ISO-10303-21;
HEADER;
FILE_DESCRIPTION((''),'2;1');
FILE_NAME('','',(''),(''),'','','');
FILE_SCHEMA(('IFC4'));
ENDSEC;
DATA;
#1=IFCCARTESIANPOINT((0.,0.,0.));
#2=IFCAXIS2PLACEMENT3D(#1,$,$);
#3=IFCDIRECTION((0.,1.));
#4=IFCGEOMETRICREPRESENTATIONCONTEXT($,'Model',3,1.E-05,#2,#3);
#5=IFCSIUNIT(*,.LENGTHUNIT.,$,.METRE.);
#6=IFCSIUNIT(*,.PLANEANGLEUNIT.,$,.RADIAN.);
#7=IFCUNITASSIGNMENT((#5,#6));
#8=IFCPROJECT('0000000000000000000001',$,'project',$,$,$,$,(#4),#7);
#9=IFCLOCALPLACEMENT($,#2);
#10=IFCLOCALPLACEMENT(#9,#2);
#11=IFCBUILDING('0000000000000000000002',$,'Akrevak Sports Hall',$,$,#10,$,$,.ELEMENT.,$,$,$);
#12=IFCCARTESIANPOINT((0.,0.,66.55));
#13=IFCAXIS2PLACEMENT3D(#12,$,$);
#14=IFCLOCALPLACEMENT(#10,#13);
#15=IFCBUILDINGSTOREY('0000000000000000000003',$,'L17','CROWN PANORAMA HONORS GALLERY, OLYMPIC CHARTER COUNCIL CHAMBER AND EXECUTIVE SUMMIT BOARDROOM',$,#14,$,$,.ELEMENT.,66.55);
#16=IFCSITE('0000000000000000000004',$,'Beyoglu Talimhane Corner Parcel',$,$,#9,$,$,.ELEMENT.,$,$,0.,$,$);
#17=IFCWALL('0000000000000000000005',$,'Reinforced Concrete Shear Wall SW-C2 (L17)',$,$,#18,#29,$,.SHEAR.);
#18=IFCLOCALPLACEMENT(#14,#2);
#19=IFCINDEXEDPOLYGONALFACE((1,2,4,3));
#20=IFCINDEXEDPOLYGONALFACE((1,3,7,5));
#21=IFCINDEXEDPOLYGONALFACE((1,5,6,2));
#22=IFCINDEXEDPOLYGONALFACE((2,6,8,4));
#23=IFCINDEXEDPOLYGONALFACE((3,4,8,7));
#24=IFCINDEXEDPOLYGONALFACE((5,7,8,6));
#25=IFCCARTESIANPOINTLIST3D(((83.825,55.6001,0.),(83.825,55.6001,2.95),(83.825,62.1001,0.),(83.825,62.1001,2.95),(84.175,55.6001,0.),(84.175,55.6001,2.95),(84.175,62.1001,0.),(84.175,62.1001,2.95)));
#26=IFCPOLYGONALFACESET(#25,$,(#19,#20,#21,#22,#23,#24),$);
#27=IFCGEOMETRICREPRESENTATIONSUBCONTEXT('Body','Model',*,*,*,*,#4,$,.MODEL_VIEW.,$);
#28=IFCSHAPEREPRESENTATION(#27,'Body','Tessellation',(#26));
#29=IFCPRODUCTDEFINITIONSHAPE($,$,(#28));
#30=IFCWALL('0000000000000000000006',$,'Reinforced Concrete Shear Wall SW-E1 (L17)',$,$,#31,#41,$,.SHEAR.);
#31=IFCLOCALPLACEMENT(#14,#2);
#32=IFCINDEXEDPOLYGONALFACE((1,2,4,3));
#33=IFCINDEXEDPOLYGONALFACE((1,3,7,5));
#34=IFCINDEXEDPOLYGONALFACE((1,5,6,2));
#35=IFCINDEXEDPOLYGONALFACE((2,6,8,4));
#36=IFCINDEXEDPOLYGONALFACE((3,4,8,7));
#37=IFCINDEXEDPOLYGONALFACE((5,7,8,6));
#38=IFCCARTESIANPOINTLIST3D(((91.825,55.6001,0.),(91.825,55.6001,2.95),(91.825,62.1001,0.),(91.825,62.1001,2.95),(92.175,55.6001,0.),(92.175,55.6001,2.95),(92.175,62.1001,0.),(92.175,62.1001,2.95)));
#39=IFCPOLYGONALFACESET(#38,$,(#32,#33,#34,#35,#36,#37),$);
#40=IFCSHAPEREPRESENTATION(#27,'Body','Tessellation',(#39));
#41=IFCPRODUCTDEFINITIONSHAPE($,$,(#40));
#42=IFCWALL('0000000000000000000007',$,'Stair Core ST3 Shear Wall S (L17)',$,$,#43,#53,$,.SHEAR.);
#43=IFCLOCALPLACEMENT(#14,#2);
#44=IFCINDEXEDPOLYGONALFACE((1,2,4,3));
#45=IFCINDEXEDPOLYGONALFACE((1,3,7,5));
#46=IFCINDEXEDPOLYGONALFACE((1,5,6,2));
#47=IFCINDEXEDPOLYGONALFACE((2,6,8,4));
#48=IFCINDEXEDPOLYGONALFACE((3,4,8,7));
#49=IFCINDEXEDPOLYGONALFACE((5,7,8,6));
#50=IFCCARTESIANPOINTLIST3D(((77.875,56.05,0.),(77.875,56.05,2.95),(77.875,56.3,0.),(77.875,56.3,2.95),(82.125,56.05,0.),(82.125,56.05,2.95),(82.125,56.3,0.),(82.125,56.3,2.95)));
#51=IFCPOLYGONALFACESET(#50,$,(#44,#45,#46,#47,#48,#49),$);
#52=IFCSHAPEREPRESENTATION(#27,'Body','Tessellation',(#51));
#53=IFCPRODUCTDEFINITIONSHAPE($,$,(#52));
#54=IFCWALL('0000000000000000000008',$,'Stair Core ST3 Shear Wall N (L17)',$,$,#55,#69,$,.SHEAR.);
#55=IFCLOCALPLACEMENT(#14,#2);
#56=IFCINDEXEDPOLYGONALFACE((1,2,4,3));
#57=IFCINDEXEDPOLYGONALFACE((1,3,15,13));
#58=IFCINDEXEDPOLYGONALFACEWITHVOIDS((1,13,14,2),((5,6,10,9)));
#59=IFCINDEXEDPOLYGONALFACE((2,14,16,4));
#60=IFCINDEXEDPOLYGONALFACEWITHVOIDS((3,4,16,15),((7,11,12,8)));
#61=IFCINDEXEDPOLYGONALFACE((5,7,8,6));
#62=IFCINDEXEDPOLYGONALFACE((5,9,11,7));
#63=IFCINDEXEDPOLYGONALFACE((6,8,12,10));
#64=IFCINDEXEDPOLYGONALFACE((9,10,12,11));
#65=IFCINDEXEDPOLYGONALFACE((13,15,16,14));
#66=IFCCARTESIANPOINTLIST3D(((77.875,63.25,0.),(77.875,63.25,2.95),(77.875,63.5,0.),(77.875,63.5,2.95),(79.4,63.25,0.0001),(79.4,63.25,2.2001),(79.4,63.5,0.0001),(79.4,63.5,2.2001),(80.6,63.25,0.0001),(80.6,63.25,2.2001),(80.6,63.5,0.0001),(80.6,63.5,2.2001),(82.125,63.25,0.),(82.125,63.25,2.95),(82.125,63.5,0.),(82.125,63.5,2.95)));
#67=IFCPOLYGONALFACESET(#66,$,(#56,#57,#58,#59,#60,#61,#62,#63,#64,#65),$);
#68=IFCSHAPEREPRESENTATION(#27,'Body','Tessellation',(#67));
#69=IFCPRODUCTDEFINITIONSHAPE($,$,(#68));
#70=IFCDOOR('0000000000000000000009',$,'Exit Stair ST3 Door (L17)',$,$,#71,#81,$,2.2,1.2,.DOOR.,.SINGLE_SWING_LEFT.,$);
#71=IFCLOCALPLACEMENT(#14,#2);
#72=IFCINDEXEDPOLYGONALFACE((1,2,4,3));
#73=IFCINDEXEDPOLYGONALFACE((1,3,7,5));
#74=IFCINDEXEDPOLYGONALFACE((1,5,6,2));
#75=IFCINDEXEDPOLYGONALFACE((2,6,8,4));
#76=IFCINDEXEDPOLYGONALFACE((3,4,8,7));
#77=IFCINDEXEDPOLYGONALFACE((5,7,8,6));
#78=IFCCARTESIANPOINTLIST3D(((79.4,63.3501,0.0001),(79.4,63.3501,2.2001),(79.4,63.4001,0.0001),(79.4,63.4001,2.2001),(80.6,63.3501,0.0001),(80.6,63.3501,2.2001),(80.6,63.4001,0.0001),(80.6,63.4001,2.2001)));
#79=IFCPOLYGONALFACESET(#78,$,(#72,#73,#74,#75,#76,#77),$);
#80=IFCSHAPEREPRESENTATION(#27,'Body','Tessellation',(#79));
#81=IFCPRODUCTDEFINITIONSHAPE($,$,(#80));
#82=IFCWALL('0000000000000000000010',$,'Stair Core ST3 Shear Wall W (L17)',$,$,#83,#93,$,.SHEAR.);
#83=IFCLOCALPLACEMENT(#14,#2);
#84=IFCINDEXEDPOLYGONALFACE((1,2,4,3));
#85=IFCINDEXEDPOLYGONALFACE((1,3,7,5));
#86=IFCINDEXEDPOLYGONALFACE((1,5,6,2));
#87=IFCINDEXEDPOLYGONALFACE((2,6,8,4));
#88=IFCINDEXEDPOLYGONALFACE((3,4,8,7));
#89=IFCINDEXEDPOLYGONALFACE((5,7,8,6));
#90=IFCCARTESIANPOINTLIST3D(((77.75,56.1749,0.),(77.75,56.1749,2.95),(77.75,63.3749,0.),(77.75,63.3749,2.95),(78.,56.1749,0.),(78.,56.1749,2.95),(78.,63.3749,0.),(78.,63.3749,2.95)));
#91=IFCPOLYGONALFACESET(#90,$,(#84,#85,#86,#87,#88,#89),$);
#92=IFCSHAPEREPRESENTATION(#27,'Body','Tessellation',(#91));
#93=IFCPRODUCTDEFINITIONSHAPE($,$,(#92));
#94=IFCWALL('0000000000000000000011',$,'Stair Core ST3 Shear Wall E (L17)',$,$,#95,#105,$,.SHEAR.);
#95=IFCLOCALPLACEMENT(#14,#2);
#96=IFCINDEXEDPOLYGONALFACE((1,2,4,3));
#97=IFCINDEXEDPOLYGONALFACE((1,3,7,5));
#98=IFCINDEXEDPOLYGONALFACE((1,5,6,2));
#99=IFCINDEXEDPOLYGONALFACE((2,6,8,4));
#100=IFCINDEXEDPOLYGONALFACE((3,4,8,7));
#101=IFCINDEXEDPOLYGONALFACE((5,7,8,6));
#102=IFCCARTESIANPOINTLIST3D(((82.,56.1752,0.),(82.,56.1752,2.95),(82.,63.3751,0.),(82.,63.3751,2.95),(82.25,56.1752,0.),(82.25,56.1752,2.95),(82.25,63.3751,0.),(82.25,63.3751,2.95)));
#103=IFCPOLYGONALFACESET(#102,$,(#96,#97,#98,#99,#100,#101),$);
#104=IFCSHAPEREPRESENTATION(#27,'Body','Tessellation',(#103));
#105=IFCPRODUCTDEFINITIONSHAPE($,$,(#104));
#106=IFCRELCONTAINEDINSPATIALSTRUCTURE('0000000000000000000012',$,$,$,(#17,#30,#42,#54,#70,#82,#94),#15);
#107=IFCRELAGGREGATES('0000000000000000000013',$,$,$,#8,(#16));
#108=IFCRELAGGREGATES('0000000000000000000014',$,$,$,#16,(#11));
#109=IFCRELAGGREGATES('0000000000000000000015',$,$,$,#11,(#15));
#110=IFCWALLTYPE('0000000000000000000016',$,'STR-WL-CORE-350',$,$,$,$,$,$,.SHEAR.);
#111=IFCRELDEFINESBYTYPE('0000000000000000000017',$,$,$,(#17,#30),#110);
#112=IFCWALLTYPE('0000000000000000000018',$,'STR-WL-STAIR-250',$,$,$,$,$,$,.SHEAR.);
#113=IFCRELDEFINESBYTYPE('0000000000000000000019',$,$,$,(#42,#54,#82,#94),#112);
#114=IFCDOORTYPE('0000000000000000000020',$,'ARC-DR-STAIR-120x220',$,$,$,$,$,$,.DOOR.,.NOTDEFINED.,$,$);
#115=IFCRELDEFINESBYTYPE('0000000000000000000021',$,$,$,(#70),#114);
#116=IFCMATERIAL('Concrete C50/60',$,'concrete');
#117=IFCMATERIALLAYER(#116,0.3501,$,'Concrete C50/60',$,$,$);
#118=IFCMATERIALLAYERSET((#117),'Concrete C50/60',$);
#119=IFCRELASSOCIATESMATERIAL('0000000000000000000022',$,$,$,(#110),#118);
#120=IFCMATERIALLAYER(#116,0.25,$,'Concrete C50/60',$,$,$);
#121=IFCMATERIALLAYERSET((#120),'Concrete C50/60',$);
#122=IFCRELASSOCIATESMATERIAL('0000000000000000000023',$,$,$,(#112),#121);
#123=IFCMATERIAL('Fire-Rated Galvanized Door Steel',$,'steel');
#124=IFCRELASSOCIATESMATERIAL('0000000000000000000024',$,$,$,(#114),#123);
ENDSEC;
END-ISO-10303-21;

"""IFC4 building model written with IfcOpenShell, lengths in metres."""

from ifc_helpers import new_model, si_unit, direction, frame, frame_2d, origin, place, context, subcontext, project, spatial, rectangle, extrude, material, layer, layer_set, type_object, element, fill, save


model = new_model("IFC4")

# Units and contexts
model_context = context("Model", 3, precision=1e-05, world=origin(), true_north=direction((0.0, 1.0)))
body_context = subcontext(model_context, "Body", "Model", "MODEL_VIEW")
ifc_project = project(units=[si_unit("LENGTHUNIT", "METRE"), si_unit("PLANEANGLEUNIT", "RADIAN")], contexts=[model_context])

# Site, building, storey
site_placement = place(None, origin())
site = spatial("IfcSite", under=ifc_project, at=site_placement, Name="Beyoglu Talimhane Corner Parcel", CompositionType="ELEMENT", RefElevation=0.0)
building_placement = place(site_placement, origin())
building = spatial("IfcBuilding", under=site, at=building_placement, Name="Akrevak Sports Hall", CompositionType="ELEMENT")
storey_placement = place(building_placement, frame((0.0, 0.0, 66.55)))
storey = spatial("IfcBuildingStorey", under=building, at=storey_placement, Name="L17", Description="CROWN PANORAMA HONORS GALLERY, OLYMPIC CHARTER COUNCIL CHAMBER AND EXECUTIVE SUMMIT BOARDROOM", CompositionType="ELEMENT", Elevation=66.55)

# Walls
ifc_material_1 = material(Name="Concrete C50/60", Category="concrete")
ifc_layer_1 = layer(ifc_material_1, 0.3501, Name="Concrete C50/60")
ifc_layer_set_1 = layer_set([ifc_layer_1], Name="Concrete C50/60")
wall_type_1 = type_object("IfcWallType", Name="STR-WL-CORE-350", PredefinedType="SHEAR", material=ifc_layer_set_1)
for number, where, z_axis, x_axis, name in (
    (1, (84.0, 55.6001, 0.0), (0.0, 0.0, 1.0), (0.0, 1.0, 0.0), "Reinforced Concrete Shear Wall SW-C2 (L17)"),
    (2, (92.0, 55.6001, 0.0), (0.0, 0.0, 1.0), (0.0, 1.0, 0.0), "Reinforced Concrete Shear Wall SW-E1 (L17)"),
):
    element("IfcWall", number, at=place(storey_placement, frame(where, z_axis=z_axis, x_axis=x_axis)), inside=storey, type_object=wall_type_1, Name=name, PredefinedType="SHEAR", context=body_context, shape_type="SweptSolid", body=[
        extrude(rectangle(XDim=6.5, YDim=0.3501, at=frame_2d((3.25, 0.0))), origin(), (0.0, 0.0, 1.0), 2.95),
    ])
ifc_layer_2 = layer(ifc_material_1, 0.25, Name="Concrete C50/60")
ifc_layer_set_2 = layer_set([ifc_layer_2], Name="Concrete C50/60")
wall_type_2 = type_object("IfcWallType", Name="STR-WL-STAIR-250", PredefinedType="SHEAR", material=ifc_layer_set_2)
wall_1_placement = place(storey_placement, frame((77.875, 56.175, 0.0), z_axis=(0.0, 0.0, 1.0), x_axis=(1.0, 0.0, 0.0)))
element("IfcWall", 3, at=wall_1_placement, inside=storey, type_object=wall_type_2, Name="Stair Core ST3 Shear Wall S (L17)", PredefinedType="SHEAR", context=body_context, shape_type="SweptSolid", body=[
    extrude(rectangle(XDim=4.25, YDim=0.25, at=frame_2d((2.125, 0.0))), origin(), (0.0, 0.0, 1.0), 2.95),
])

# Wall, opening, door
wall_2_placement = place(storey_placement, frame((82.125, 63.375, 0.0), z_axis=(0.0, 0.0, 1.0), x_axis=(-1.0, 0.0, 0.0)))
wall_2 = element("IfcWall", 4, at=wall_2_placement, inside=storey, type_object=wall_type_2, Name="Stair Core ST3 Shear Wall N (L17)", PredefinedType="SHEAR", context=body_context, shape_type="SweptSolid", body=[
    extrude(rectangle(XDim=4.25, YDim=0.25, at=frame_2d((2.125, 0.0))), origin(), (0.0, 0.0, 1.0), 2.95),
])
opening_1_placement = place(wall_2_placement, frame((1.5249, 0.0, 0.0)))
opening_1 = element("IfcOpeningElement", 5, at=opening_1_placement, cuts=wall_2, PredefinedType="OPENING", context=body_context, shape_type="SweptSolid", body=[
    extrude(rectangle(XDim=1.2, YDim=2.2, at=frame_2d((0.6001, 1.1001))), frame((0.0, 0.137, 0.0), z_axis=(0.0, -1.0, 0.0), x_axis=(1.0, 0.0, 0.0)), (0.0, 0.0, 1.0), 0.2739),
])
ifc_material_2 = material(Name="Fire-Rated Galvanized Door Steel", Category="steel")
door_type_1 = type_object("IfcDoorType", Name="ARC-DR-STAIR-120x220", OperationType="NOTDEFINED", PredefinedType="DOOR", material=ifc_material_2)
door_1_placement = place(opening_1_placement, origin())
door_1 = element("IfcDoor", 6, at=door_1_placement, inside=storey, type_object=door_type_1, Name="Exit Stair ST3 Door (L17)", OperationType="SINGLE_SWING_LEFT", OverallHeight=2.2, OverallWidth=1.2, PredefinedType="DOOR", context=body_context, shape_type="SweptSolid", body=[
    extrude(rectangle(XDim=1.2, YDim=2.2, at=frame_2d((0.6001, 1.1001))), frame((0.0, 0.0249, 0.0), z_axis=(0.0, -1.0, 0.0), x_axis=(1.0, 0.0, 0.0)), (0.0, 0.0, 1.0), 0.05),
])
fill(opening_1, door_1)

# Walls
for number, where, z_axis, x_axis, name in (
    (7, (77.875, 63.375, 0.0), (0.0, 0.0, 1.0), (0.0, -1.0, 0.0), "Stair Core ST3 Shear Wall W (L17)"),
    (8, (82.125, 56.175, 0.0), (0.0, 0.0, 1.0), (0.0, 1.0, 0.0), "Stair Core ST3 Shear Wall E (L17)"),
):
    element("IfcWall", number, at=place(storey_placement, frame(where, z_axis=z_axis, x_axis=x_axis)), inside=storey, type_object=wall_type_2, Name=name, PredefinedType="SHEAR", context=body_context, shape_type="SweptSolid", body=[
        extrude(rectangle(XDim=7.2, YDim=0.25, at=frame_2d((3.6001, 0.0))), origin(), (0.0, 0.0, 1.0), 2.95),
    ])

save(model, "model.ifc")
